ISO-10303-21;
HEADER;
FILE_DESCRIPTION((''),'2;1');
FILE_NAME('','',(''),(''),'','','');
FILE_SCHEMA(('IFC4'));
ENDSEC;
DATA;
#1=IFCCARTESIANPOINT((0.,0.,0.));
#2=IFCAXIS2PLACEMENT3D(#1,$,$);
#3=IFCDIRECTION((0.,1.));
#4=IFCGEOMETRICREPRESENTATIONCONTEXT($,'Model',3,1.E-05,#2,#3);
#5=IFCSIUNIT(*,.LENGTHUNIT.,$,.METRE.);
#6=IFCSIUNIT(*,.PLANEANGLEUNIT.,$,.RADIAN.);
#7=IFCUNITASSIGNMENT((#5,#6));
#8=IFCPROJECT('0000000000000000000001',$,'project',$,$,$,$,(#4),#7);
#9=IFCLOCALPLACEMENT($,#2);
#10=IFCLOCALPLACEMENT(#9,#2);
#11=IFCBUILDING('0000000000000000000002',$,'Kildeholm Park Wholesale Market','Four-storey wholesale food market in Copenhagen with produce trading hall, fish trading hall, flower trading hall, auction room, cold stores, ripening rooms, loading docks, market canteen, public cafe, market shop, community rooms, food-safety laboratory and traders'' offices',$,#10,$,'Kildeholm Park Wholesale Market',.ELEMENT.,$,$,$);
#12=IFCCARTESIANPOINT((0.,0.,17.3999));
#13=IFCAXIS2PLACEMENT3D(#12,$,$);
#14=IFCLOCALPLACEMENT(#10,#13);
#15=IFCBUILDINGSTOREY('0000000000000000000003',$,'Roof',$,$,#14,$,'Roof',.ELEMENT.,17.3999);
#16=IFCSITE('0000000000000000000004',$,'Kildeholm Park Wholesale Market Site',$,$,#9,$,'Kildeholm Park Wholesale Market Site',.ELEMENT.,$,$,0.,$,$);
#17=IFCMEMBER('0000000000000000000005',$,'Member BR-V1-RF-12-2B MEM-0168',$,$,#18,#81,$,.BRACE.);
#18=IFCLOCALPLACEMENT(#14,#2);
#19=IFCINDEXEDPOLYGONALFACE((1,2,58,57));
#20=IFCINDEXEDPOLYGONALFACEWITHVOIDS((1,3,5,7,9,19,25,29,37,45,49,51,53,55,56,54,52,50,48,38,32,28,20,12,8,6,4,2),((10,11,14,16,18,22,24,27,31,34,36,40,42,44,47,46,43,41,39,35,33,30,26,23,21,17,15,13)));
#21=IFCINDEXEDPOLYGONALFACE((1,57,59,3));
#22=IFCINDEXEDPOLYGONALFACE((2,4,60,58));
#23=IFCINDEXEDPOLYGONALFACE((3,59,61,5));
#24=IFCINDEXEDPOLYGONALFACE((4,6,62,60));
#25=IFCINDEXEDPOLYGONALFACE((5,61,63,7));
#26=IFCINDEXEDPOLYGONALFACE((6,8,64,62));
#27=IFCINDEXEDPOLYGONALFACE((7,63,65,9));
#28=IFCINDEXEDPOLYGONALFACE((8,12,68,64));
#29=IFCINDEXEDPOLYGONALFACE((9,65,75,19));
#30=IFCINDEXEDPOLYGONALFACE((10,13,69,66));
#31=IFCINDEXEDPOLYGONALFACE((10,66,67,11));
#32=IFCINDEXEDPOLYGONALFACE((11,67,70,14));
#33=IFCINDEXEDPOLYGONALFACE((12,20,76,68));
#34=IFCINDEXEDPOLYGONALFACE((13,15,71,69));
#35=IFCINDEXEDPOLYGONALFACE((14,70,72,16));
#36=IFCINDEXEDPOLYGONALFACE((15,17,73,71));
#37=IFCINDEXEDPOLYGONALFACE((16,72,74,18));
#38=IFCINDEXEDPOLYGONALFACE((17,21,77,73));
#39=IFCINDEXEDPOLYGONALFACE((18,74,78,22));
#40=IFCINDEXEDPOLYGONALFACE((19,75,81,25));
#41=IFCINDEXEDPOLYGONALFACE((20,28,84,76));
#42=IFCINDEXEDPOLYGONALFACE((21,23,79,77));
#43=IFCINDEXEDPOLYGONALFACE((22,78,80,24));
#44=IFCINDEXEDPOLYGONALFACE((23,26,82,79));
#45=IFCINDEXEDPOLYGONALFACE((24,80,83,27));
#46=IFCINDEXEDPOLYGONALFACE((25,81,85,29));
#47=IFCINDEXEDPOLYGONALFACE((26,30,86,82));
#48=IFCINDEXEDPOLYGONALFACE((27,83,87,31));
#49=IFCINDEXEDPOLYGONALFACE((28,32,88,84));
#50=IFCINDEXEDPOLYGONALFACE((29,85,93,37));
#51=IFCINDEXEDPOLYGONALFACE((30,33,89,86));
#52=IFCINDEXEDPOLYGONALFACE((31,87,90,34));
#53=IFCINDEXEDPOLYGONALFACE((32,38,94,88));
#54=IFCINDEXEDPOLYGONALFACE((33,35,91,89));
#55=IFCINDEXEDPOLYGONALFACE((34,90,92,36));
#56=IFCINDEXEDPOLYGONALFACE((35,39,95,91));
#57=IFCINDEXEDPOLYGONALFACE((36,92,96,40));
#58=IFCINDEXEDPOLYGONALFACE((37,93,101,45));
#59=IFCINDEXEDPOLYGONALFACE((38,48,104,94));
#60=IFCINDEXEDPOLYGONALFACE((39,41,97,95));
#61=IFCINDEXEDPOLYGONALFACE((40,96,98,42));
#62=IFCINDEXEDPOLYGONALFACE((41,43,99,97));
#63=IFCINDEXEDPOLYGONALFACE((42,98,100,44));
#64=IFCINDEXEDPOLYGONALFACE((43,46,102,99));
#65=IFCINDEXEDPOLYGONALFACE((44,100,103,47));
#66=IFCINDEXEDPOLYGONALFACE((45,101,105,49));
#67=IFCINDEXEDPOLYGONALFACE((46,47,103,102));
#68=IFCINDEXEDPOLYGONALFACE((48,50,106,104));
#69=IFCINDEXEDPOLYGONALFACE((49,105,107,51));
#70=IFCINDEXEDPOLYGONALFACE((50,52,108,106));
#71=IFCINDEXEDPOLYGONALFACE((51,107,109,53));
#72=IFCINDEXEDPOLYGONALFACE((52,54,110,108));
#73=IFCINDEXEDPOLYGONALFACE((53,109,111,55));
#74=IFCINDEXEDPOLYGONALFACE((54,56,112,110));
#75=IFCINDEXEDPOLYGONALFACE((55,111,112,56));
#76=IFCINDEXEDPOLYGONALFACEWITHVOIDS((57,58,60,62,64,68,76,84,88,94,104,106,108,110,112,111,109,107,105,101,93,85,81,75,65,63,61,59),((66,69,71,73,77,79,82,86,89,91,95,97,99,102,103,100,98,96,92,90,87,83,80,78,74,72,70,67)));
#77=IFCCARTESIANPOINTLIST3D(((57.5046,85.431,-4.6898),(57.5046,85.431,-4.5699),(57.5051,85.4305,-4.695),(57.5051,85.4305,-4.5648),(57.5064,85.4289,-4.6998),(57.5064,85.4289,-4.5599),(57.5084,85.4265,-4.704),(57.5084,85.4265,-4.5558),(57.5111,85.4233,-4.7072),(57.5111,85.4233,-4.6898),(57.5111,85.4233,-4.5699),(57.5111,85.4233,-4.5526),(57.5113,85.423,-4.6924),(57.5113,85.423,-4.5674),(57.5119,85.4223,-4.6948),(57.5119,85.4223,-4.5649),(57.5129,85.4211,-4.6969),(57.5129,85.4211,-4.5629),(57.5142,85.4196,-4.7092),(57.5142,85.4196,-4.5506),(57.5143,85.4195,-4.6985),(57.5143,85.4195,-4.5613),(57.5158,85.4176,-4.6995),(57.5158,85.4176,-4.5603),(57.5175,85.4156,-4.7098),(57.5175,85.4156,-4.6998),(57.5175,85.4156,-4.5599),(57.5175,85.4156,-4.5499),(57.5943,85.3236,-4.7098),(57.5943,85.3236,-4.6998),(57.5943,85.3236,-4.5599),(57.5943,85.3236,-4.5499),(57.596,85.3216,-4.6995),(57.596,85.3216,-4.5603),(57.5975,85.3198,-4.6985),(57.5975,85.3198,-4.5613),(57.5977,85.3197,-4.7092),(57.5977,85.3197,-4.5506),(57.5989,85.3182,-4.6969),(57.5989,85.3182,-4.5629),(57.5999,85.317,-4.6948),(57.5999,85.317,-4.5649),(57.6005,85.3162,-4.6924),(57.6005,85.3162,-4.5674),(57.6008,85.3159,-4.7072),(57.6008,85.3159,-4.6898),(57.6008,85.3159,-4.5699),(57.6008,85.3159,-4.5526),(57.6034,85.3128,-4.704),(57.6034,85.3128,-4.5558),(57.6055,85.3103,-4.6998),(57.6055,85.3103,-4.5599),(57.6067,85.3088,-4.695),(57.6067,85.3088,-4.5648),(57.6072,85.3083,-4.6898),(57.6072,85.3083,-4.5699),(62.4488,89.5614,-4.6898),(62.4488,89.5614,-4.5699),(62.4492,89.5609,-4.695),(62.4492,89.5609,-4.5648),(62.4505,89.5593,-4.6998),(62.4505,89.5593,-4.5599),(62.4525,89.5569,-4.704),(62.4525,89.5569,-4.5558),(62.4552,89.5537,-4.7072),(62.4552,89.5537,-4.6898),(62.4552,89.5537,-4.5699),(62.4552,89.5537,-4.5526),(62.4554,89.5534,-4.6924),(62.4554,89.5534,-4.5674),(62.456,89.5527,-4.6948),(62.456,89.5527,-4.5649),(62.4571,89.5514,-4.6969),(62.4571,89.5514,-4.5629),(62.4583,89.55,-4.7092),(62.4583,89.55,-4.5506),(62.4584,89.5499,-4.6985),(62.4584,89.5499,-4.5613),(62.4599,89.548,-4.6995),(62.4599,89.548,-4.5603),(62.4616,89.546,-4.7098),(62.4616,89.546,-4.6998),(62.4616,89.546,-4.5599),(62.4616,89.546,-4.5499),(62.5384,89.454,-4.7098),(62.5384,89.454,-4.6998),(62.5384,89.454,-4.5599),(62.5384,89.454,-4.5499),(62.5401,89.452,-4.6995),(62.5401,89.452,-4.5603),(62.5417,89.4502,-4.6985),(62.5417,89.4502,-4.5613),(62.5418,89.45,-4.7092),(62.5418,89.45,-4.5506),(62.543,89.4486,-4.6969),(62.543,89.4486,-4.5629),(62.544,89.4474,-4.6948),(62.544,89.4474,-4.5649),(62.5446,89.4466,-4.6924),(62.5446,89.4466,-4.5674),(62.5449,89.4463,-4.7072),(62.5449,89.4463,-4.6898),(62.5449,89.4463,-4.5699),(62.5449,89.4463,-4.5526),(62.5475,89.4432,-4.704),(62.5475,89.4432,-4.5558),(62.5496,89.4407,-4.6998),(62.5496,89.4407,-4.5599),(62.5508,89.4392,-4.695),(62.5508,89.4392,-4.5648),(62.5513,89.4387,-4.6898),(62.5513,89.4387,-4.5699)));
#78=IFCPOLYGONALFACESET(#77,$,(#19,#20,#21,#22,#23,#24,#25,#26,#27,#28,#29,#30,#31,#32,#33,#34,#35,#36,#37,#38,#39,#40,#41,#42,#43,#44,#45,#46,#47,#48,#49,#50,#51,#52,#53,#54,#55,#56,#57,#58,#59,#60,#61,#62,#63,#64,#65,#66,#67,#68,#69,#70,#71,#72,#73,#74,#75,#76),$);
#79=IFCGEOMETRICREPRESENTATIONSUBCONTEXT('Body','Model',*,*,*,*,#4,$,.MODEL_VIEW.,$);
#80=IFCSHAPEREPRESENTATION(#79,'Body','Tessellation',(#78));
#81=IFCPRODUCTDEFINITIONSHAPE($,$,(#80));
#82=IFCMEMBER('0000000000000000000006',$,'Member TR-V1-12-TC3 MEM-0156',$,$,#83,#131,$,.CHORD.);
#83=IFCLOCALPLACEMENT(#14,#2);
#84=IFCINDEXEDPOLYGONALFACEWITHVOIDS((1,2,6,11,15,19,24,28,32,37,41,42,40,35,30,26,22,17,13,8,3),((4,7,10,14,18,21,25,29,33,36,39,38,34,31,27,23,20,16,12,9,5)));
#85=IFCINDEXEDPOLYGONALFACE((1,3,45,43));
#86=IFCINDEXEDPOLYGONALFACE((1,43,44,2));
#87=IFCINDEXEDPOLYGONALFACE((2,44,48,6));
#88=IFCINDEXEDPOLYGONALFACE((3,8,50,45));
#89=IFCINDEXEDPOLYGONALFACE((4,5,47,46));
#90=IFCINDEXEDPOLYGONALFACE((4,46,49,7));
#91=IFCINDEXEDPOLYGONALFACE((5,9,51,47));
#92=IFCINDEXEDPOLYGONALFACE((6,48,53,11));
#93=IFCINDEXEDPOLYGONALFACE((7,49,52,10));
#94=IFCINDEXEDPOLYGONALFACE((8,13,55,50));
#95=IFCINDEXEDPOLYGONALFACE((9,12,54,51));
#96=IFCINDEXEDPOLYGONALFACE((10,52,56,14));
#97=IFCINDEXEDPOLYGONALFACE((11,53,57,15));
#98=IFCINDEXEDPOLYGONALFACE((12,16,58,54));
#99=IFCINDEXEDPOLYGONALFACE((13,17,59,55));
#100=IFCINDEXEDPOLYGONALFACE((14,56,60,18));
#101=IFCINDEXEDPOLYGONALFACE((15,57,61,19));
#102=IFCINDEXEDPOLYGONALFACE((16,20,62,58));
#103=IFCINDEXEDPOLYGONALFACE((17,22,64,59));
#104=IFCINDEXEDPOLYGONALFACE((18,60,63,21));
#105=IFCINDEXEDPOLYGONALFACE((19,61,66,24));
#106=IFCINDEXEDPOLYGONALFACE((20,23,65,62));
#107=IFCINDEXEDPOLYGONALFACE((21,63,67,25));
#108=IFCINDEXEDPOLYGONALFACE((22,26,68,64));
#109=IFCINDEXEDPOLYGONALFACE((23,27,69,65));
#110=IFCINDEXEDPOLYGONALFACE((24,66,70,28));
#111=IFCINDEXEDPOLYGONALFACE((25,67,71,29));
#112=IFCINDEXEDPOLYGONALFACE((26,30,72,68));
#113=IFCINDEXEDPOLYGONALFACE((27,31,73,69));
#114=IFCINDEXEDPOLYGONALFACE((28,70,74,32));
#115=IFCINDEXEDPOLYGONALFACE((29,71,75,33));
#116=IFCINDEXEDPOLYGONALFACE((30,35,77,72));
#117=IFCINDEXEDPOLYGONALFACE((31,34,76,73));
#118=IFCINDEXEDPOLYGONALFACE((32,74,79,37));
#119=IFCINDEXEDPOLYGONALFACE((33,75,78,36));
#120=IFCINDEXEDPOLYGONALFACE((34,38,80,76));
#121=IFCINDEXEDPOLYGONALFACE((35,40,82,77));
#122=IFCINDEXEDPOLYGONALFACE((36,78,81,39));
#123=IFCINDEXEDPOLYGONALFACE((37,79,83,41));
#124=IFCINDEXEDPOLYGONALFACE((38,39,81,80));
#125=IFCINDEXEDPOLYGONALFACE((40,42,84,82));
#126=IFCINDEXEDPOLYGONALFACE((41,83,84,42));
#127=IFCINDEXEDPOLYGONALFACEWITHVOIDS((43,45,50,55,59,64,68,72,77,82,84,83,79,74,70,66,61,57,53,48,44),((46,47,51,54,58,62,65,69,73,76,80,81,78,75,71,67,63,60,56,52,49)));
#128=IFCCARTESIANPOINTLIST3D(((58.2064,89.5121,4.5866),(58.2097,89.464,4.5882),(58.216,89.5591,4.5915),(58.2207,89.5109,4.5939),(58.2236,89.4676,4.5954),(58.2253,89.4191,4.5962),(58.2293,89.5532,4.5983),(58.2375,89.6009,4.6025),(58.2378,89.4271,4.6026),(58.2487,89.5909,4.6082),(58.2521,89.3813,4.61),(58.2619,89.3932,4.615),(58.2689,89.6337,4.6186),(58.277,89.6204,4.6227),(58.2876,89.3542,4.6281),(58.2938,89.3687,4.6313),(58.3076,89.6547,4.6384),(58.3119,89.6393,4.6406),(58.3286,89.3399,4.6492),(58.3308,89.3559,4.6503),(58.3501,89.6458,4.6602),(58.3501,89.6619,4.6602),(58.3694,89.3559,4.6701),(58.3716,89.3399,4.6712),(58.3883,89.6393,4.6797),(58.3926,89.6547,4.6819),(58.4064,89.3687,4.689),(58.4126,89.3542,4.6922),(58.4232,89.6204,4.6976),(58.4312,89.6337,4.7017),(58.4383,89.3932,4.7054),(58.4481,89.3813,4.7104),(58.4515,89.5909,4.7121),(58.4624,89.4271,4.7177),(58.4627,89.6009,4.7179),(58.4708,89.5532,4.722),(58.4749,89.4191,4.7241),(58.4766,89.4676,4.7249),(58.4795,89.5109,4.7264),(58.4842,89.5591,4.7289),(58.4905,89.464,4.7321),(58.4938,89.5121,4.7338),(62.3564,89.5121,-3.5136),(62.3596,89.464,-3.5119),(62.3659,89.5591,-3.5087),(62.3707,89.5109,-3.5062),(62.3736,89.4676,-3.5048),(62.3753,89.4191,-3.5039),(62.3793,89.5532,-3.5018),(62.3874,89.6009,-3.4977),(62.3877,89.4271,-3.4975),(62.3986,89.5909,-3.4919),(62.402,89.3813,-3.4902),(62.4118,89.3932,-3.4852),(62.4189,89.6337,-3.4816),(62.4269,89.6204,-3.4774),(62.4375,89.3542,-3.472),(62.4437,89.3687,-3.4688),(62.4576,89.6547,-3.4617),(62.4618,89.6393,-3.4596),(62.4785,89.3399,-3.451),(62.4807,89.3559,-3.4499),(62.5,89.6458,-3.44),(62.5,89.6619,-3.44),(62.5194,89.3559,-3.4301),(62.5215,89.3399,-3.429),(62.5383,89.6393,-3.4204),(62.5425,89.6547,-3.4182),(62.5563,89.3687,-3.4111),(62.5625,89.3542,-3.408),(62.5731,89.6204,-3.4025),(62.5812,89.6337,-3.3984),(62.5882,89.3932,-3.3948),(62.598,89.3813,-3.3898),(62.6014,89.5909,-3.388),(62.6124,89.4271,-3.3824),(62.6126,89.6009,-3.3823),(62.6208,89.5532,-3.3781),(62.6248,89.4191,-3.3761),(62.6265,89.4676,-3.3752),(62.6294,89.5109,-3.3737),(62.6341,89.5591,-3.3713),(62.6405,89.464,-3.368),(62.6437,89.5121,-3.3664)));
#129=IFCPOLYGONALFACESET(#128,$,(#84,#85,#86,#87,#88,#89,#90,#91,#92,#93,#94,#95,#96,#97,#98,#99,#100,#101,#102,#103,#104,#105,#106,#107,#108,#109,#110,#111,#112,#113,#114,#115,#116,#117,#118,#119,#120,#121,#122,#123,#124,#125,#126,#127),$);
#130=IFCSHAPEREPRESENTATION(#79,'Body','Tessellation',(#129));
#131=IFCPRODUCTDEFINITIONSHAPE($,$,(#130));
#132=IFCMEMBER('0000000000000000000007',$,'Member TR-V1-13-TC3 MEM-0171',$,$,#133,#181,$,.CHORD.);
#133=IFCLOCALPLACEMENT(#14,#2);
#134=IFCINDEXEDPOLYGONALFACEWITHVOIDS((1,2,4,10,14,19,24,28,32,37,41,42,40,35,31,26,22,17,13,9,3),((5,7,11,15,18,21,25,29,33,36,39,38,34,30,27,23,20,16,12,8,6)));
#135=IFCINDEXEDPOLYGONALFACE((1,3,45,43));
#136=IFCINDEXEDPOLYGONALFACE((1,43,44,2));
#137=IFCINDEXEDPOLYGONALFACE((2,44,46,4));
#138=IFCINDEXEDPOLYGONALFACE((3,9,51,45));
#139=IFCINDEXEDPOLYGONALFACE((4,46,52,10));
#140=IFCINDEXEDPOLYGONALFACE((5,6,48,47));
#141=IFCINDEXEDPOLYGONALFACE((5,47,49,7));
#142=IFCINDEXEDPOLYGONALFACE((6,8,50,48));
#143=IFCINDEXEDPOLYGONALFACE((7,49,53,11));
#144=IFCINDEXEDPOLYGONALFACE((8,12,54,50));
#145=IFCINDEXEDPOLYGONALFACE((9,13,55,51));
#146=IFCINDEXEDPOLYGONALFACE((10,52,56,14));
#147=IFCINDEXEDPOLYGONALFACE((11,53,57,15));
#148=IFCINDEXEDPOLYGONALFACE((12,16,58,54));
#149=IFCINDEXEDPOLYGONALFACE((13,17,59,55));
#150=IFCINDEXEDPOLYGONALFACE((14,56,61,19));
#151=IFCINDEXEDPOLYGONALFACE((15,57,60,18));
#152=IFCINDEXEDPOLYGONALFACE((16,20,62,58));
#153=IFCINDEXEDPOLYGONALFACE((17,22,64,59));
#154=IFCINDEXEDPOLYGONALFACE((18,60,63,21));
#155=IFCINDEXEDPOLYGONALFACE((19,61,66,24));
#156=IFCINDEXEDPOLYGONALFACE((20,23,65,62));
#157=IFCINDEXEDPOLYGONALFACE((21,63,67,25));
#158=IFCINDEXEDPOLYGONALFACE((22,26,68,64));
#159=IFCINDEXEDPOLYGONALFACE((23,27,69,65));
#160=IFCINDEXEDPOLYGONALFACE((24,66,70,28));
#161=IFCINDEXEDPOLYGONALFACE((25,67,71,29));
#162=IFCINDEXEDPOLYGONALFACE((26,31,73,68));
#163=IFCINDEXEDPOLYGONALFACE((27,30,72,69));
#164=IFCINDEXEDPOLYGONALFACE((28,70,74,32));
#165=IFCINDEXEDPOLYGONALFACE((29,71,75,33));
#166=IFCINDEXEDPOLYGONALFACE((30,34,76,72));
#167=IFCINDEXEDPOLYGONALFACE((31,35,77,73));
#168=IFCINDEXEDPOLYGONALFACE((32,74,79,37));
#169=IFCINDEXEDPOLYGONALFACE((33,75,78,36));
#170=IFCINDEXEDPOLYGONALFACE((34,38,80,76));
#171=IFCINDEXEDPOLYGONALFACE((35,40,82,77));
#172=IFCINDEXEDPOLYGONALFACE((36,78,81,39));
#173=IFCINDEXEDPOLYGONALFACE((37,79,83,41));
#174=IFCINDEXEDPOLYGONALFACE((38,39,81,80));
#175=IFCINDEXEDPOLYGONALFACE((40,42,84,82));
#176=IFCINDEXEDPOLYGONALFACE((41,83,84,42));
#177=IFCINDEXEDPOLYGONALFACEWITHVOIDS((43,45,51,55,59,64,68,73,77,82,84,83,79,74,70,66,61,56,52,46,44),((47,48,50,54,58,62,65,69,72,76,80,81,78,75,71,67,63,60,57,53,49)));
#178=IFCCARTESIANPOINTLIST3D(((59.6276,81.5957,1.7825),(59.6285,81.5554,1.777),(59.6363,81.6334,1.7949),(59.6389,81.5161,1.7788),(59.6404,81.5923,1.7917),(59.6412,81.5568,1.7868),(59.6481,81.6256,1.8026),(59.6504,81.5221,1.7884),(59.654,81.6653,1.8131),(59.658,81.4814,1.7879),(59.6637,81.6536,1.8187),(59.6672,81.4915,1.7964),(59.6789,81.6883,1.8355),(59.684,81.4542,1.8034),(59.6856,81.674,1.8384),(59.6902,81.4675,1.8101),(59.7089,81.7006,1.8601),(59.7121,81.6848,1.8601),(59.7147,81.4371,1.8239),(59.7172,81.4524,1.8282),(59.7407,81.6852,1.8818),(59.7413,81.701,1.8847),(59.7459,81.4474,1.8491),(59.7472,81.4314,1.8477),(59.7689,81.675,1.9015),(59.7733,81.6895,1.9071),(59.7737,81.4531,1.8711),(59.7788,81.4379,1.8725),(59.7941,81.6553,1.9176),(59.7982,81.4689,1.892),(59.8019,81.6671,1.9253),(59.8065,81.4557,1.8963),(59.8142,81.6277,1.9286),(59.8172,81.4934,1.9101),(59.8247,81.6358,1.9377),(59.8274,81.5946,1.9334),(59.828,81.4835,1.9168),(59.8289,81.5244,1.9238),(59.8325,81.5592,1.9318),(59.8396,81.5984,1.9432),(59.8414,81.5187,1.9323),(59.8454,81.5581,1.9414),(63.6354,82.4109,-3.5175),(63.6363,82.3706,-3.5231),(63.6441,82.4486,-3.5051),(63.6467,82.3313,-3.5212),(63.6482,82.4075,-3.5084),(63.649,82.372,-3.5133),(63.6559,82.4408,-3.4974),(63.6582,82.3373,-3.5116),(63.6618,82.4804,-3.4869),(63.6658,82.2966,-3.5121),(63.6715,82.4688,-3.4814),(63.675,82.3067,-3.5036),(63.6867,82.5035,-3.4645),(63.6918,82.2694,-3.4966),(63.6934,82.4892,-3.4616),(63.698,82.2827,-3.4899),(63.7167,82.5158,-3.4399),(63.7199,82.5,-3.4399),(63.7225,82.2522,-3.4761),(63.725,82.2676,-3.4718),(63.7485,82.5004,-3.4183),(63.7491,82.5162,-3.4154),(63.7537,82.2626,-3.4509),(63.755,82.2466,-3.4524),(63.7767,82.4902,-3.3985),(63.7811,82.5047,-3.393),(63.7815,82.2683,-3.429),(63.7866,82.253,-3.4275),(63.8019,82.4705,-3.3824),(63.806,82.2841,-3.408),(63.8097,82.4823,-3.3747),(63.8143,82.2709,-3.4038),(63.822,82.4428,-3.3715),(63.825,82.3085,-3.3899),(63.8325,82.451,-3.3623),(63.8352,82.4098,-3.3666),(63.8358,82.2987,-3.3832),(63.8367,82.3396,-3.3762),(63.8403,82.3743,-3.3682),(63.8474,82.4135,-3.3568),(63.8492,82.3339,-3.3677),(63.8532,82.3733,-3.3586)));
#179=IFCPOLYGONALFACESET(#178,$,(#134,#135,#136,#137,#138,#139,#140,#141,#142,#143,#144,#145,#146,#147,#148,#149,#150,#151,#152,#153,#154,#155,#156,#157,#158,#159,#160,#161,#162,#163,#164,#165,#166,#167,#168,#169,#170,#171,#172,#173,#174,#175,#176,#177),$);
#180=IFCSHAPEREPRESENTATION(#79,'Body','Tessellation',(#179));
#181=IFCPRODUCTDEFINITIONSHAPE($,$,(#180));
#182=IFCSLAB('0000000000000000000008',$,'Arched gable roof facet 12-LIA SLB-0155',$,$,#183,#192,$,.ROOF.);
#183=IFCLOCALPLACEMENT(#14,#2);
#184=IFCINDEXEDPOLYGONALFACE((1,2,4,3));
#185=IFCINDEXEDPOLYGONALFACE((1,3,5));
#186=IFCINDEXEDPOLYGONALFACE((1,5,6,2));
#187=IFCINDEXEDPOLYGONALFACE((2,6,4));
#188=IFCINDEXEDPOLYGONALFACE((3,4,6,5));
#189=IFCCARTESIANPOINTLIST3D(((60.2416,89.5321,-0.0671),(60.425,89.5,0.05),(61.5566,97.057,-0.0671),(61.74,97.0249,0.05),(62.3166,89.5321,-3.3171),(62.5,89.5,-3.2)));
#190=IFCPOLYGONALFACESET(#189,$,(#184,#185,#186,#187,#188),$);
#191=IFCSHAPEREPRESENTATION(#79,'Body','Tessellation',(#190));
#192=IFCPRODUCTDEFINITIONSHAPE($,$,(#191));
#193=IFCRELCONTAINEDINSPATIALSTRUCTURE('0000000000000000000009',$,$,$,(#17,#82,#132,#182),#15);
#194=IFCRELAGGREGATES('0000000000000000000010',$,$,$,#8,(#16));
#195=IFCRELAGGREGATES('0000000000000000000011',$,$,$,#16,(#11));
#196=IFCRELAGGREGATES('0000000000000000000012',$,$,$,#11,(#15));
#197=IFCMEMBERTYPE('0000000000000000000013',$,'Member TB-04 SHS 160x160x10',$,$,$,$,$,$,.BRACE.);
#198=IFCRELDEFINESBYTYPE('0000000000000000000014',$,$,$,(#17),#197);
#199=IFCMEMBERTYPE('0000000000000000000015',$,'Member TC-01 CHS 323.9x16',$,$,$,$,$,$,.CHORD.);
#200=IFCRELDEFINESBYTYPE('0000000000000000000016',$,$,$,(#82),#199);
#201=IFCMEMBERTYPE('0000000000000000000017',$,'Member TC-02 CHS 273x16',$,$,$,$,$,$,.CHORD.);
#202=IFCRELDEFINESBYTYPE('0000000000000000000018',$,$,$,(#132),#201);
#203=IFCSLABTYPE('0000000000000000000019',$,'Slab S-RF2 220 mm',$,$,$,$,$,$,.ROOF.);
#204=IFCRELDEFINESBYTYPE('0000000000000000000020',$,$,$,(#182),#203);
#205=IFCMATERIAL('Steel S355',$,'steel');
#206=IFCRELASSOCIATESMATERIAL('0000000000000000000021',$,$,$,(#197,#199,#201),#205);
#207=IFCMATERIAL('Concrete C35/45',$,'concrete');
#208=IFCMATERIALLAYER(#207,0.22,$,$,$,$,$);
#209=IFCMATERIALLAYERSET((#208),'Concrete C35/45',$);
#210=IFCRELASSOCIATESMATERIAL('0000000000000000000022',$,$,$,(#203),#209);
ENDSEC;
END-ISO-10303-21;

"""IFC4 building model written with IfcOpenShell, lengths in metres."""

from ifc_helpers import new_model, si_unit, direction, frame, origin, origin_2d, place, context, subcontext, project, spatial, polyline, hollow_rectangle, hollow_circle, outline, extrude, material, layer, layer_set, material_profile, profile_set, type_object, element, save


model = new_model("IFC4")

# Units and contexts
model_context = context("Model", 3, precision=1e-05, world=origin(), true_north=direction((0.0, 1.0)))
body_context = subcontext(model_context, "Body", "Model", "MODEL_VIEW")
ifc_project = project(units=[si_unit("LENGTHUNIT", "METRE"), si_unit("PLANEANGLEUNIT", "RADIAN")], contexts=[model_context])

# Site, building, storey
site_placement = place(None, origin())
site = spatial("IfcSite", under=ifc_project, at=site_placement, Name="Kildeholm Park Wholesale Market Site", LongName="Kildeholm Park Wholesale Market Site", CompositionType="ELEMENT", RefElevation=0.0)
building_placement = place(site_placement, origin())
building = spatial("IfcBuilding", under=site, at=building_placement, Name="Kildeholm Park Wholesale Market", Description="Four-storey wholesale food market in Copenhagen with produce trading hall, fish trading hall, flower trading hall, auction room, cold stores, ripening rooms, loading docks, market canteen, public cafe, market shop, community rooms, food-safety laboratory and traders' offices", LongName="Kildeholm Park Wholesale Market", CompositionType="ELEMENT")
storey_placement = place(building_placement, frame((0.0, 0.0, 17.3999)))
storey = spatial("IfcBuildingStorey", under=building, at=storey_placement, Name="Roof", LongName="Roof", CompositionType="ELEMENT", Elevation=17.3999)

# Members
ifc_material_1 = material(Name="Steel S355", Category="steel")
ifc_material_profile_1 = material_profile(ifc_material_1, hollow_rectangle(XDim=0.1599, YDim=0.1599, WallThickness=0.01, InnerFilletRadius=0.01, OuterFilletRadius=0.02, at=origin_2d()), Name="SHS 160x160x10")
ifc_profile_set_1 = profile_set([ifc_material_profile_1], Name="Steel S355")
member_type_1 = type_object("IfcMemberType", Name="Member TB-04 SHS 160x160x10", PredefinedType="BRACE", material=ifc_profile_set_1)
member_1_placement = place(storey_placement, frame((57.5559, 85.3696, -4.6299), z_axis=(0.767435, 0.641127, 0.0), x_axis=(-0.641127, 0.767435, 0.0)))
element("IfcMember", 1, at=member_1_placement, inside=storey, type_object=member_type_1, Name="Member BR-V1-RF-12-2B MEM-0168", PredefinedType="BRACE", context=body_context, shape_type="SweptSolid", body=[
    extrude(hollow_rectangle(XDim=0.1599, YDim=0.1599, WallThickness=0.01, InnerFilletRadius=0.01, OuterFilletRadius=0.02, at=origin_2d()), origin(), (0.0, 0.0, 1.0), 6.4424),
])
ifc_material_profile_2 = material_profile(ifc_material_1, hollow_circle(Radius=0.1619, WallThickness=0.0161, at=origin_2d()), Name="CHS 323.9x16")
ifc_profile_set_2 = profile_set([ifc_material_profile_2], Name="Steel S355")
member_type_2 = type_object("IfcMemberType", Name="Member TC-01 CHS 323.9x16", PredefinedType="CHORD", material=ifc_profile_set_2)
member_2_placement = place(storey_placement, frame((58.3501, 89.5, 4.6602), z_axis=(0.455969, 0.0, -0.889996), x_axis=(0.0, 1.0, 0.0)))
element("IfcMember", 2, at=member_2_placement, inside=storey, type_object=member_type_2, Name="Member TR-V1-12-TC3 MEM-0156", PredefinedType="CHORD", context=body_context, shape_type="SweptSolid", body=[
    extrude(hollow_circle(Radius=0.1619, WallThickness=0.0161, at=origin_2d()), origin(), (0.0, 0.0, 1.0), 9.1013),
])
ifc_material_profile_3 = material_profile(ifc_material_1, hollow_circle(Radius=0.1365, WallThickness=0.0161, at=origin_2d()), Name="CHS 273x16")
ifc_profile_set_3 = profile_set([ifc_material_profile_3], Name="Steel S355")
member_type_3 = type_object("IfcMemberType", Name="Member TC-02 CHS 273x16", PredefinedType="CHORD", material=ifc_profile_set_3)
member_3_placement = place(storey_placement, frame((59.7361, 81.5669, 1.8601), z_axis=(0.598664, 0.121768, -0.791691), x_axis=(-0.199318, 0.979935, 0.0)))
element("IfcMember", 3, at=member_3_placement, inside=storey, type_object=member_type_3, Name="Member TR-V1-13-TC3 MEM-0171", PredefinedType="CHORD", context=body_context, shape_type="SweptSolid", body=[
    extrude(hollow_circle(Radius=0.1365, WallThickness=0.0161, at=origin_2d()), origin(), (0.0, 0.0, 1.0), 6.6946),
])

# Slab
ifc_material_2 = material(Name="Concrete C35/45", Category="concrete")
ifc_layer_1 = layer(ifc_material_2, 0.22)
ifc_layer_set_1 = layer_set([ifc_layer_1], Name="Concrete C35/45")
slab_type = type_object("IfcSlabType", Name="Slab S-RF2 220 mm", PredefinedType="ROOF", material=ifc_layer_set_1)
slab_1_placement = place(storey_placement, frame((61.74, 97.0249, 0.05), z_axis=(0.833869, -0.145715, 0.532381), x_axis=(-0.172137, -0.985073, 0.0)))
element("IfcSlab", 4, at=slab_1_placement, inside=storey, type_object=slab_type, Name="Arched gable roof facet 12-LIA SLB-0155", PredefinedType="ROOF", context=body_context, shape_type="SweptSolid", body=[
    extrude(outline(polyline([(0.0, 0.0), (7.6389, 0.0), (7.2818, 3.8393), (0.0, 0.0)])), origin(), (0.0, 0.0, -1.0), 0.22),
])

save(model, "model.ifc")
